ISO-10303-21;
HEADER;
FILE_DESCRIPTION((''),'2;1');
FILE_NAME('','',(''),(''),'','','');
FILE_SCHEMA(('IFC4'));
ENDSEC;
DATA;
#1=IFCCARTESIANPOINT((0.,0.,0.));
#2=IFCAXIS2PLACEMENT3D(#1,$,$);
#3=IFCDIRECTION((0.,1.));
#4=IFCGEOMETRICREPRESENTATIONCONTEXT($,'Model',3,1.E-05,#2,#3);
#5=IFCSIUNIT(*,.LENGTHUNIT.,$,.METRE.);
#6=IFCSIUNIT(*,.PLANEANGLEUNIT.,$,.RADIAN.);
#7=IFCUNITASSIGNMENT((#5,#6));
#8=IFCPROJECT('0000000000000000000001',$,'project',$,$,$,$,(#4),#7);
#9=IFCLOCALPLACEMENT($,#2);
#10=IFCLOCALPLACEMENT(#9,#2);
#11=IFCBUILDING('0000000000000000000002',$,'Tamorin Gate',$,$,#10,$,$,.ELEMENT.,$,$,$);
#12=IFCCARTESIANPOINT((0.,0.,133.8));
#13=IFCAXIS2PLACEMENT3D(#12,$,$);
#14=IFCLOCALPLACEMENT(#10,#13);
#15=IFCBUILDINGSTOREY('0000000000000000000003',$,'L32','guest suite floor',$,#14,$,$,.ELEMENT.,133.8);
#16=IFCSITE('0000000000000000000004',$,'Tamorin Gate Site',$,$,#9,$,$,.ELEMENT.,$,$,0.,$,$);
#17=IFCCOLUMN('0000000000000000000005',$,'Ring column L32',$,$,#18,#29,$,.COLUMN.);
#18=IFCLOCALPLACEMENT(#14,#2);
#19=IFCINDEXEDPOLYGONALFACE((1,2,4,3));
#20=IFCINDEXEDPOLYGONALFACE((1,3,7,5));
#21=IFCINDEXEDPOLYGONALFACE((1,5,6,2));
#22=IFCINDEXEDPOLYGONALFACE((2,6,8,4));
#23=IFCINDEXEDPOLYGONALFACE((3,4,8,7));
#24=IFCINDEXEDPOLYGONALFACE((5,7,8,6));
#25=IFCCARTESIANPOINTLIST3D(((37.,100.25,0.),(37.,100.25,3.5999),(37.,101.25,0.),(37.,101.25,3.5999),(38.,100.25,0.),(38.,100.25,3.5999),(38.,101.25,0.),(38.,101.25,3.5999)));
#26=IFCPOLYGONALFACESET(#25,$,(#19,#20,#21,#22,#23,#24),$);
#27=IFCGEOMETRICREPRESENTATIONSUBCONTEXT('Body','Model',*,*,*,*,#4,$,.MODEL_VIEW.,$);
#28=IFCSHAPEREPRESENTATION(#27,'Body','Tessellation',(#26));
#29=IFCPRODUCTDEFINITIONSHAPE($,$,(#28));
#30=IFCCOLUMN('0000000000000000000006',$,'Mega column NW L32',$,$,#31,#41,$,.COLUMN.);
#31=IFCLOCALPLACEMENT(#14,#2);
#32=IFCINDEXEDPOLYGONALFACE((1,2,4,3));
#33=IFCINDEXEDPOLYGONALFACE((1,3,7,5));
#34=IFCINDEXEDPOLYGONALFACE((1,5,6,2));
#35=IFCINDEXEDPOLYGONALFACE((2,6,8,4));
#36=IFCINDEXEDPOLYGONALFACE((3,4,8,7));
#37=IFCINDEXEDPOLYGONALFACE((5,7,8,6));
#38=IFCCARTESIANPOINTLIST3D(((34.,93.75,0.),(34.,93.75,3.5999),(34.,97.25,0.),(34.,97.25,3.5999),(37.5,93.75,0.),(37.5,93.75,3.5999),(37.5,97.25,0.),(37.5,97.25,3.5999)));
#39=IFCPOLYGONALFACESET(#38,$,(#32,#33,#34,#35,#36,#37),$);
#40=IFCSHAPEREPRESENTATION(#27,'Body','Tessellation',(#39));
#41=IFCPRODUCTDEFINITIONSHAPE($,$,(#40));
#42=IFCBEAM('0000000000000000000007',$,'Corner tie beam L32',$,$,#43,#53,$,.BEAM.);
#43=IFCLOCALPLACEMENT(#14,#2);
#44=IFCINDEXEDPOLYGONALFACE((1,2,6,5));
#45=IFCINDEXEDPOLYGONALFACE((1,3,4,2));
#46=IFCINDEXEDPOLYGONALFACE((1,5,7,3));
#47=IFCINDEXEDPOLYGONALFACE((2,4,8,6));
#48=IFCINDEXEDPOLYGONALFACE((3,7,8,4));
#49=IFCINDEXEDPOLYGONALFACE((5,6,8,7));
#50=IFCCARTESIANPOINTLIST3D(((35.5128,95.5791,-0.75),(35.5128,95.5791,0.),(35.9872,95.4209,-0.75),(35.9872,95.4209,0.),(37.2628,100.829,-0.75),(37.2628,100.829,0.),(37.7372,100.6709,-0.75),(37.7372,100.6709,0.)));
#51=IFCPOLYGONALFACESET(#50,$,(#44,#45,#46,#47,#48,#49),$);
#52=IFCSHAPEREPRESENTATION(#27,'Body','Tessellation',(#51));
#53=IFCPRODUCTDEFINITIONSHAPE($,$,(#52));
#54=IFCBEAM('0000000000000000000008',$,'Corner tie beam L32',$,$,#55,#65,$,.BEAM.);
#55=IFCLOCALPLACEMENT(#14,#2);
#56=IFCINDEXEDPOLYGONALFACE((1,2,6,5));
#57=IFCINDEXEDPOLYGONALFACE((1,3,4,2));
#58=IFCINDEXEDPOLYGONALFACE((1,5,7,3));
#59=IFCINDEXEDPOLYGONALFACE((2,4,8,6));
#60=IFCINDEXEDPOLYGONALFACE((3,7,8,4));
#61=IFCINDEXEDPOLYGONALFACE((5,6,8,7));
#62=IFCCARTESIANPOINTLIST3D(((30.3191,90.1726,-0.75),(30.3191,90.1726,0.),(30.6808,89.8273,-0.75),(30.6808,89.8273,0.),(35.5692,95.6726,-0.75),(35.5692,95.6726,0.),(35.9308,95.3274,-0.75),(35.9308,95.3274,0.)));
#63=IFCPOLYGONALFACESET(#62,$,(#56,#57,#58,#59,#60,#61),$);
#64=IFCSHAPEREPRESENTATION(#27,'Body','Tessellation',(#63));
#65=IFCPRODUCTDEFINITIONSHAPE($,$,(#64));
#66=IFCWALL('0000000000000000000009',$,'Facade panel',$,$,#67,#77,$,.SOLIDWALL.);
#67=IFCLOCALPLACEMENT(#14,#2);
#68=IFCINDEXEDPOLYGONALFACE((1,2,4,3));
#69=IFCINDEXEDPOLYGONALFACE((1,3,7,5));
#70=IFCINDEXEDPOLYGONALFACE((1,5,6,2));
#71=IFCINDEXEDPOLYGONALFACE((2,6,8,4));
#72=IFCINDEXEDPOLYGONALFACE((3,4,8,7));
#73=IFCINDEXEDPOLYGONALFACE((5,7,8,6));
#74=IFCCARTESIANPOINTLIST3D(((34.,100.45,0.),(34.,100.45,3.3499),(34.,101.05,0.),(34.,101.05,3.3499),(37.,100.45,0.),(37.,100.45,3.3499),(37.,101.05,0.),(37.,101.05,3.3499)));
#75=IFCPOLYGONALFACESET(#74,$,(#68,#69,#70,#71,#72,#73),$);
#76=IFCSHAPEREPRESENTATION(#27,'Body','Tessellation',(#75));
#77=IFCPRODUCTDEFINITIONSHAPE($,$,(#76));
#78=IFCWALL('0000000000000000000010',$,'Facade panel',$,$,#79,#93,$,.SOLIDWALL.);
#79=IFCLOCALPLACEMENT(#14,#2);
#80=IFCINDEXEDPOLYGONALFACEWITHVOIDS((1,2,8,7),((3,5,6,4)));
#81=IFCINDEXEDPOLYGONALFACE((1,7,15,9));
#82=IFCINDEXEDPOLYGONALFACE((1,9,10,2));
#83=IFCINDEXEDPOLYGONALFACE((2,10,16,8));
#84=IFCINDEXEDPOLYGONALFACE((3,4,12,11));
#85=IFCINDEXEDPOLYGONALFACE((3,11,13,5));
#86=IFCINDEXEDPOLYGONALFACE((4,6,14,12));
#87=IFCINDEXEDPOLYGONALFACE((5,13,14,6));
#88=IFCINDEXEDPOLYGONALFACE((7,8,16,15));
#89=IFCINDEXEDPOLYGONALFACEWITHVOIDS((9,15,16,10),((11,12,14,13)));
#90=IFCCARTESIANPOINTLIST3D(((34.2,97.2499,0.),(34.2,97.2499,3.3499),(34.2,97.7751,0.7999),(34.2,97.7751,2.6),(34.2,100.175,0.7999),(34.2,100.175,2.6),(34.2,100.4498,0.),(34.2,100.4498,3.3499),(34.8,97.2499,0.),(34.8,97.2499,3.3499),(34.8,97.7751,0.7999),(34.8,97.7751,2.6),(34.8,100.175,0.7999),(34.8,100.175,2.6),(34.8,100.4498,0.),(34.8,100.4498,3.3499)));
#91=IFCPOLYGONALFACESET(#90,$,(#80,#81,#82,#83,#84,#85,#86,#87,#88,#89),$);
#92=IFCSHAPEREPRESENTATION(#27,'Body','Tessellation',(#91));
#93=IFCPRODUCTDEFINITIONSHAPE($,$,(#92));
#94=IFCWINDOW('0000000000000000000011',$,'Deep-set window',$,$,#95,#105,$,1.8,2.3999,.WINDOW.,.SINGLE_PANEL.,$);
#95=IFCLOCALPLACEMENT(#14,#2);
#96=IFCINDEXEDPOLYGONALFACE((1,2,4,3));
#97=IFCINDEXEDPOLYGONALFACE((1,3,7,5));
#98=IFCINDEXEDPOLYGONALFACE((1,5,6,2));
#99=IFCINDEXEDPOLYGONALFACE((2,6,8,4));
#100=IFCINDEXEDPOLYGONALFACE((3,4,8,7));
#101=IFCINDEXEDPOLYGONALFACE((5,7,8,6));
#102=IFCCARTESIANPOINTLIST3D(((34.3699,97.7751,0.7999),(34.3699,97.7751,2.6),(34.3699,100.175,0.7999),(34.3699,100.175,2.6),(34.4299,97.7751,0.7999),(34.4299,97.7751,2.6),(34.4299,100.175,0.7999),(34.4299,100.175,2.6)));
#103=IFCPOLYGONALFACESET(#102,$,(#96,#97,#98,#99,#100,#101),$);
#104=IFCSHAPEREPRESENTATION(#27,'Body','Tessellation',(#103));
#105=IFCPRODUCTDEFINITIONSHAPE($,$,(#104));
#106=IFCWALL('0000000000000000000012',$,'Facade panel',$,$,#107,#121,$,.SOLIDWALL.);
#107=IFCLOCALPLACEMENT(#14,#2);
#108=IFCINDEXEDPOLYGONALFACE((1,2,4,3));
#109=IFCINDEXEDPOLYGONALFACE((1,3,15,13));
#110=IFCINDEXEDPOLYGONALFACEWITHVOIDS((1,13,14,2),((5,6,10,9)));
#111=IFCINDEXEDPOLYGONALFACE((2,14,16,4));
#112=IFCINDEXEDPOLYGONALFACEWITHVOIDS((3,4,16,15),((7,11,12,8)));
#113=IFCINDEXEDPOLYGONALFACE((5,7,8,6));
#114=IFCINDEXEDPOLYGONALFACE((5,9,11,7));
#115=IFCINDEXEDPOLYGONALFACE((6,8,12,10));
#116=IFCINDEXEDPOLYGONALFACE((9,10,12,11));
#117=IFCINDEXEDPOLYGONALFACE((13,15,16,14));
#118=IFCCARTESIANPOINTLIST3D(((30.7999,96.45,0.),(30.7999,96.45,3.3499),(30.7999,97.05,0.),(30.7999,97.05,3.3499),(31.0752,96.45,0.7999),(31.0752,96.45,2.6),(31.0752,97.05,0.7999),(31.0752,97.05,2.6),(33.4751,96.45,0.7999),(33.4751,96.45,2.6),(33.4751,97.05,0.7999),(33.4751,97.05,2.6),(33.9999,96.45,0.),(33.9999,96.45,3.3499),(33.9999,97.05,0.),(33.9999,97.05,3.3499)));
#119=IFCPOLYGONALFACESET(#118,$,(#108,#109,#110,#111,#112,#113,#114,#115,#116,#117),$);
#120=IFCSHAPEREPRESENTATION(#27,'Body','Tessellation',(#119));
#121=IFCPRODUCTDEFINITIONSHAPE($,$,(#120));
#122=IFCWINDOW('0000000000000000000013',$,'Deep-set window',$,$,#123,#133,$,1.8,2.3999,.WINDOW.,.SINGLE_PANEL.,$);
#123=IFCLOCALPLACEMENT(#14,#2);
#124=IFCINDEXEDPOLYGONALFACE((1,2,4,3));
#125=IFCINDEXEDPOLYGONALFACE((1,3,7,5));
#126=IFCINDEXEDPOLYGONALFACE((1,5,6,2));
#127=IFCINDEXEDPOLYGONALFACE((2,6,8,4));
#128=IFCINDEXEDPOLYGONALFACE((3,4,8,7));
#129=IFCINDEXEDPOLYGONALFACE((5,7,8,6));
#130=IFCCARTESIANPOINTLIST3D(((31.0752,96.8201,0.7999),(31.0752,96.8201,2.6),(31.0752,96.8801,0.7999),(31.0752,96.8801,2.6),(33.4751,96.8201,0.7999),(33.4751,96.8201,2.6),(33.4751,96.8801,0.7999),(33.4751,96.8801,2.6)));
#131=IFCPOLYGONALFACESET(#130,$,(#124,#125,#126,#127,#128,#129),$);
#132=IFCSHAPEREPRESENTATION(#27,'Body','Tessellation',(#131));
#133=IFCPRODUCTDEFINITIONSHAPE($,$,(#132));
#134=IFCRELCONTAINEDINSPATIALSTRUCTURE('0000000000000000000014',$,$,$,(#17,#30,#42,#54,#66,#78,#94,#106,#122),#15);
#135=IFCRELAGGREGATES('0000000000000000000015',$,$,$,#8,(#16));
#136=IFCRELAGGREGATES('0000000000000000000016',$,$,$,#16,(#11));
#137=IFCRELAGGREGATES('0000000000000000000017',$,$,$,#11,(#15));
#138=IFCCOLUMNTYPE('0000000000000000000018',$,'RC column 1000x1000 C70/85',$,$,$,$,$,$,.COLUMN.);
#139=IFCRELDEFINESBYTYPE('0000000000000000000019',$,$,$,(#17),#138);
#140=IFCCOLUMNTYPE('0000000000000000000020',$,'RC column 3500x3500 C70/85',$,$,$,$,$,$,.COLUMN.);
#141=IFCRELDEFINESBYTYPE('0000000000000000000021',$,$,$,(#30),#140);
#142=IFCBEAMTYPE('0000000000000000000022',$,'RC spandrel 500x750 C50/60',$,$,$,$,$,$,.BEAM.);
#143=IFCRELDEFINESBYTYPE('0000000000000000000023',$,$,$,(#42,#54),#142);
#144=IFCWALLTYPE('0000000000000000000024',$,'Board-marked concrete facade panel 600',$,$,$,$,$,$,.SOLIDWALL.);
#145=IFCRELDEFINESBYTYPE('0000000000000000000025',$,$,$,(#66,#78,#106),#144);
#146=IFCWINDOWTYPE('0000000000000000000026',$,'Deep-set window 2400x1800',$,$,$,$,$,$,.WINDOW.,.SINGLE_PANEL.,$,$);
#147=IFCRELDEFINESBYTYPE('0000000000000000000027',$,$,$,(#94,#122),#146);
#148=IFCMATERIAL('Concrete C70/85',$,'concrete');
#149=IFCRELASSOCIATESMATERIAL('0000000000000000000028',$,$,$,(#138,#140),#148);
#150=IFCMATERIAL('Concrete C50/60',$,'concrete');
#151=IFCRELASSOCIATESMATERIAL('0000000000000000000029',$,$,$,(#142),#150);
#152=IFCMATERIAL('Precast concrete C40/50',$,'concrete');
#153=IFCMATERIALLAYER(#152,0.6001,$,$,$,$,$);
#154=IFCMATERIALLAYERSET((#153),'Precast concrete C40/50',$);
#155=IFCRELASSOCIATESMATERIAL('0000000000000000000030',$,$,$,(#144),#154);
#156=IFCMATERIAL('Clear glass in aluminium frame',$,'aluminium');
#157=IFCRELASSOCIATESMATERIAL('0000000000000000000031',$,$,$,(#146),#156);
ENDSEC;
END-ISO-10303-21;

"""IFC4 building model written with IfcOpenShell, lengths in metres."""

from ifc_helpers import new_model, si_unit, direction, frame, frame_2d, origin, origin_2d, place, context, subcontext, project, spatial, rectangle, extrude, material, layer, layer_set, material_profile, profile_set, type_object, element, fill, save


model = new_model("IFC4")

# Units and contexts
model_context = context("Model", 3, precision=1e-05, world=origin(), true_north=direction((0.0, 1.0)))
body_context = subcontext(model_context, "Body", "Model", "MODEL_VIEW")
ifc_project = project(units=[si_unit("LENGTHUNIT", "METRE"), si_unit("PLANEANGLEUNIT", "RADIAN")], contexts=[model_context])

# Site, building, storey
site_placement = place(None, origin())
site = spatial("IfcSite", under=ifc_project, at=site_placement, Name="Tamorin Gate Site", CompositionType="ELEMENT", RefElevation=0.0)
building_placement = place(site_placement, origin())
building = spatial("IfcBuilding", under=site, at=building_placement, Name="Tamorin Gate", CompositionType="ELEMENT")
storey_placement = place(building_placement, frame((0.0, 0.0, 133.8)))
storey = spatial("IfcBuildingStorey", under=building, at=storey_placement, Name="L32", Description="guest suite floor", CompositionType="ELEMENT", Elevation=133.8)

# Columns
ifc_material_1 = material(Name="Concrete C70/85", Category="concrete")
ifc_material_profile_1 = material_profile(ifc_material_1, rectangle(XDim=1.0, YDim=1.0, at=origin_2d()), Name="RC 1000x1000")
ifc_profile_set_1 = profile_set([ifc_material_profile_1], Name="Concrete C70/85")
column_type_1 = type_object("IfcColumnType", Name="RC column 1000x1000 C70/85", PredefinedType="COLUMN", material=ifc_profile_set_1)
column_1_placement = place(storey_placement, frame((37.5, 100.75, 0.0), z_axis=(0.0, 0.0, 1.0), x_axis=(1.0, 0.0, 0.0)))
element("IfcColumn", 1, at=column_1_placement, inside=storey, type_object=column_type_1, Name="Ring column L32", PredefinedType="COLUMN", context=body_context, shape_type="SweptSolid", body=[
    extrude(rectangle(XDim=1.0, YDim=1.0, at=origin_2d()), origin(), (0.0, 0.0, 1.0), 3.5999),
])
ifc_material_profile_2 = material_profile(ifc_material_1, rectangle(XDim=3.5, YDim=3.5, at=origin_2d()), Name="RC 3500x3500")
ifc_profile_set_2 = profile_set([ifc_material_profile_2], Name="Concrete C70/85")
column_type_2 = type_object("IfcColumnType", Name="RC column 3500x3500 C70/85", PredefinedType="COLUMN", material=ifc_profile_set_2)
column_2_placement = place(storey_placement, frame((35.75, 95.5, 0.0), z_axis=(0.0, 0.0, 1.0), x_axis=(1.0, 0.0, 0.0)))
element("IfcColumn", 2, at=column_2_placement, inside=storey, type_object=column_type_2, Name="Mega column NW L32", PredefinedType="COLUMN", context=body_context, shape_type="SweptSolid", body=[
    extrude(rectangle(XDim=3.5, YDim=3.5, at=origin_2d()), origin(), (0.0, 0.0, 1.0), 3.5999),
])

# Beams
ifc_material_2 = material(Name="Concrete C50/60", Category="concrete")
ifc_material_profile_3 = material_profile(ifc_material_2, rectangle(XDim=0.5, YDim=0.75, at=origin_2d()), Name="RC 500x750")
ifc_profile_set_3 = profile_set([ifc_material_profile_3], Name="Concrete C50/60")
beam_type = type_object("IfcBeamType", Name="RC spandrel 500x750 C50/60", PredefinedType="BEAM", material=ifc_profile_set_3)
beam_1_placement = place(storey_placement, frame((35.75, 95.5, -0.375), z_axis=(0.316228, 0.948683, 0.0), x_axis=(-0.948683, 0.316228, 0.0)))
element("IfcBeam", 3, at=beam_1_placement, inside=storey, type_object=beam_type, Name="Corner tie beam L32", PredefinedType="BEAM", context=body_context, shape_type="SweptSolid", body=[
    extrude(rectangle(XDim=0.5, YDim=0.75, at=origin_2d()), origin(), (0.0, 0.0, 1.0), 5.5339),
])
beam_2_placement = place(storey_placement, frame((35.75, 95.5, -0.375), z_axis=(-0.690476, -0.723356, 0.0), x_axis=(0.723356, -0.690476, 0.0)))
element("IfcBeam", 4, at=beam_2_placement, inside=storey, type_object=beam_type, Name="Corner tie beam L32", PredefinedType="BEAM", context=body_context, shape_type="SweptSolid", body=[
    extrude(rectangle(XDim=0.5, YDim=0.75, at=origin_2d()), origin(), (0.0, 0.0, 1.0), 7.6035),
])

# Wall
ifc_material_3 = material(Name="Precast concrete C40/50", Category="concrete")
ifc_layer_1 = layer(ifc_material_3, 0.6001)
ifc_layer_set_1 = layer_set([ifc_layer_1], Name="Precast concrete C40/50")
wall_type_1 = type_object("IfcWallType", Name="Board-marked concrete facade panel 600", PredefinedType="SOLIDWALL", material=ifc_layer_set_1)
wall_1_placement = place(storey_placement, frame((37.0, 100.75, 0.0), z_axis=(0.0, 0.0, 1.0), x_axis=(-1.0, 0.0, 0.0)))
element("IfcWall", 5, at=wall_1_placement, inside=storey, type_object=wall_type_1, Name="Facade panel", PredefinedType="SOLIDWALL", context=body_context, shape_type="SweptSolid", body=[
    extrude(rectangle(XDim=3.0, YDim=0.6001, at=frame_2d((1.5, 0.0))), origin(), (0.0, 0.0, 1.0), 3.3499),
])

# Walls, openings, windows
wall_2_placement = place(storey_placement, frame((34.5, 100.45, 0.0), z_axis=(0.0, 0.0, 1.0), x_axis=(0.0, -1.0, 0.0)))
wall_2 = element("IfcWall", 6, at=wall_2_placement, inside=storey, type_object=wall_type_1, Name="Facade panel", PredefinedType="SOLIDWALL", context=body_context, shape_type="SweptSolid", body=[
    extrude(rectangle(XDim=3.2, YDim=0.6001, at=frame_2d((1.6001, 0.0))), origin(), (0.0, 0.0, 1.0), 3.3499),
])
opening_1_placement = place(wall_2_placement, frame((0.2749, 0.0, 0.8)))
opening_1 = element("IfcOpeningElement", 7, at=opening_1_placement, cuts=wall_2, PredefinedType="OPENING", context=body_context, shape_type="SweptSolid", body=[
    extrude(rectangle(XDim=2.3999, YDim=1.8, at=frame_2d((1.2, 0.8999))), frame((0.0, 0.3101, 0.0), z_axis=(0.0, -1.0, 0.0), x_axis=(1.0, 0.0, 0.0)), (0.0, 0.0, 1.0), 0.6201),
])
ifc_material_4 = material(Name="Clear glass in aluminium frame", Category="aluminium")
window_type_1 = type_object("IfcWindowType", Name="Deep-set window 2400x1800", PartitioningType="SINGLE_PANEL", PredefinedType="WINDOW", material=ifc_material_4)
window_1_placement = place(opening_1_placement, origin())
window_1 = element("IfcWindow", 8, at=window_1_placement, inside=storey, type_object=window_type_1, Name="Deep-set window", OverallHeight=1.8, OverallWidth=2.3999, PartitioningType="SINGLE_PANEL", PredefinedType="WINDOW", context=body_context, shape_type="SweptSolid", body=[
    extrude(rectangle(XDim=2.3999, YDim=1.8, at=frame_2d((1.2, 0.8999))), frame((0.0, -0.0701, 0.0), z_axis=(0.0, -1.0, 0.0), x_axis=(1.0, 0.0, 0.0)), (0.0, 0.0, 1.0), 0.0601),
])
fill(opening_1, window_1)
wall_3_placement = place(storey_placement, frame((34.0, 96.75, 0.0), z_axis=(0.0, 0.0, 1.0), x_axis=(-1.0, 0.0, 0.0)))
wall_3 = element("IfcWall", 9, at=wall_3_placement, inside=storey, type_object=wall_type_1, Name="Facade panel", PredefinedType="SOLIDWALL", context=body_context, shape_type="SweptSolid", body=[
    extrude(rectangle(XDim=3.2, YDim=0.6001, at=frame_2d((1.6001, 0.0))), origin(), (0.0, 0.0, 1.0), 3.3499),
])
opening_2_placement = place(wall_3_placement, frame((0.5249, 0.0, 0.8)))
opening_2 = element("IfcOpeningElement", 10, at=opening_2_placement, cuts=wall_3, PredefinedType="OPENING", context=body_context, shape_type="SweptSolid", body=[
    extrude(rectangle(XDim=2.3999, YDim=1.8, at=frame_2d((1.2, 0.8999))), frame((0.0, 0.3101, 0.0), z_axis=(0.0, -1.0, 0.0), x_axis=(1.0, 0.0, 0.0)), (0.0, 0.0, 1.0), 0.6201),
])
window_2_placement = place(opening_2_placement, origin())
window_2 = element("IfcWindow", 11, at=window_2_placement, inside=storey, type_object=window_type_1, Name="Deep-set window", OverallHeight=1.8, OverallWidth=2.3999, PartitioningType="SINGLE_PANEL", PredefinedType="WINDOW", context=body_context, shape_type="SweptSolid", body=[
    extrude(rectangle(XDim=2.3999, YDim=1.8, at=frame_2d((1.2, 0.8999))), frame((0.0, -0.0701, 0.0), z_axis=(0.0, -1.0, 0.0), x_axis=(1.0, 0.0, 0.0)), (0.0, 0.0, 1.0), 0.0601),
])
fill(opening_2, window_2)

save(model, "model.ifc")
